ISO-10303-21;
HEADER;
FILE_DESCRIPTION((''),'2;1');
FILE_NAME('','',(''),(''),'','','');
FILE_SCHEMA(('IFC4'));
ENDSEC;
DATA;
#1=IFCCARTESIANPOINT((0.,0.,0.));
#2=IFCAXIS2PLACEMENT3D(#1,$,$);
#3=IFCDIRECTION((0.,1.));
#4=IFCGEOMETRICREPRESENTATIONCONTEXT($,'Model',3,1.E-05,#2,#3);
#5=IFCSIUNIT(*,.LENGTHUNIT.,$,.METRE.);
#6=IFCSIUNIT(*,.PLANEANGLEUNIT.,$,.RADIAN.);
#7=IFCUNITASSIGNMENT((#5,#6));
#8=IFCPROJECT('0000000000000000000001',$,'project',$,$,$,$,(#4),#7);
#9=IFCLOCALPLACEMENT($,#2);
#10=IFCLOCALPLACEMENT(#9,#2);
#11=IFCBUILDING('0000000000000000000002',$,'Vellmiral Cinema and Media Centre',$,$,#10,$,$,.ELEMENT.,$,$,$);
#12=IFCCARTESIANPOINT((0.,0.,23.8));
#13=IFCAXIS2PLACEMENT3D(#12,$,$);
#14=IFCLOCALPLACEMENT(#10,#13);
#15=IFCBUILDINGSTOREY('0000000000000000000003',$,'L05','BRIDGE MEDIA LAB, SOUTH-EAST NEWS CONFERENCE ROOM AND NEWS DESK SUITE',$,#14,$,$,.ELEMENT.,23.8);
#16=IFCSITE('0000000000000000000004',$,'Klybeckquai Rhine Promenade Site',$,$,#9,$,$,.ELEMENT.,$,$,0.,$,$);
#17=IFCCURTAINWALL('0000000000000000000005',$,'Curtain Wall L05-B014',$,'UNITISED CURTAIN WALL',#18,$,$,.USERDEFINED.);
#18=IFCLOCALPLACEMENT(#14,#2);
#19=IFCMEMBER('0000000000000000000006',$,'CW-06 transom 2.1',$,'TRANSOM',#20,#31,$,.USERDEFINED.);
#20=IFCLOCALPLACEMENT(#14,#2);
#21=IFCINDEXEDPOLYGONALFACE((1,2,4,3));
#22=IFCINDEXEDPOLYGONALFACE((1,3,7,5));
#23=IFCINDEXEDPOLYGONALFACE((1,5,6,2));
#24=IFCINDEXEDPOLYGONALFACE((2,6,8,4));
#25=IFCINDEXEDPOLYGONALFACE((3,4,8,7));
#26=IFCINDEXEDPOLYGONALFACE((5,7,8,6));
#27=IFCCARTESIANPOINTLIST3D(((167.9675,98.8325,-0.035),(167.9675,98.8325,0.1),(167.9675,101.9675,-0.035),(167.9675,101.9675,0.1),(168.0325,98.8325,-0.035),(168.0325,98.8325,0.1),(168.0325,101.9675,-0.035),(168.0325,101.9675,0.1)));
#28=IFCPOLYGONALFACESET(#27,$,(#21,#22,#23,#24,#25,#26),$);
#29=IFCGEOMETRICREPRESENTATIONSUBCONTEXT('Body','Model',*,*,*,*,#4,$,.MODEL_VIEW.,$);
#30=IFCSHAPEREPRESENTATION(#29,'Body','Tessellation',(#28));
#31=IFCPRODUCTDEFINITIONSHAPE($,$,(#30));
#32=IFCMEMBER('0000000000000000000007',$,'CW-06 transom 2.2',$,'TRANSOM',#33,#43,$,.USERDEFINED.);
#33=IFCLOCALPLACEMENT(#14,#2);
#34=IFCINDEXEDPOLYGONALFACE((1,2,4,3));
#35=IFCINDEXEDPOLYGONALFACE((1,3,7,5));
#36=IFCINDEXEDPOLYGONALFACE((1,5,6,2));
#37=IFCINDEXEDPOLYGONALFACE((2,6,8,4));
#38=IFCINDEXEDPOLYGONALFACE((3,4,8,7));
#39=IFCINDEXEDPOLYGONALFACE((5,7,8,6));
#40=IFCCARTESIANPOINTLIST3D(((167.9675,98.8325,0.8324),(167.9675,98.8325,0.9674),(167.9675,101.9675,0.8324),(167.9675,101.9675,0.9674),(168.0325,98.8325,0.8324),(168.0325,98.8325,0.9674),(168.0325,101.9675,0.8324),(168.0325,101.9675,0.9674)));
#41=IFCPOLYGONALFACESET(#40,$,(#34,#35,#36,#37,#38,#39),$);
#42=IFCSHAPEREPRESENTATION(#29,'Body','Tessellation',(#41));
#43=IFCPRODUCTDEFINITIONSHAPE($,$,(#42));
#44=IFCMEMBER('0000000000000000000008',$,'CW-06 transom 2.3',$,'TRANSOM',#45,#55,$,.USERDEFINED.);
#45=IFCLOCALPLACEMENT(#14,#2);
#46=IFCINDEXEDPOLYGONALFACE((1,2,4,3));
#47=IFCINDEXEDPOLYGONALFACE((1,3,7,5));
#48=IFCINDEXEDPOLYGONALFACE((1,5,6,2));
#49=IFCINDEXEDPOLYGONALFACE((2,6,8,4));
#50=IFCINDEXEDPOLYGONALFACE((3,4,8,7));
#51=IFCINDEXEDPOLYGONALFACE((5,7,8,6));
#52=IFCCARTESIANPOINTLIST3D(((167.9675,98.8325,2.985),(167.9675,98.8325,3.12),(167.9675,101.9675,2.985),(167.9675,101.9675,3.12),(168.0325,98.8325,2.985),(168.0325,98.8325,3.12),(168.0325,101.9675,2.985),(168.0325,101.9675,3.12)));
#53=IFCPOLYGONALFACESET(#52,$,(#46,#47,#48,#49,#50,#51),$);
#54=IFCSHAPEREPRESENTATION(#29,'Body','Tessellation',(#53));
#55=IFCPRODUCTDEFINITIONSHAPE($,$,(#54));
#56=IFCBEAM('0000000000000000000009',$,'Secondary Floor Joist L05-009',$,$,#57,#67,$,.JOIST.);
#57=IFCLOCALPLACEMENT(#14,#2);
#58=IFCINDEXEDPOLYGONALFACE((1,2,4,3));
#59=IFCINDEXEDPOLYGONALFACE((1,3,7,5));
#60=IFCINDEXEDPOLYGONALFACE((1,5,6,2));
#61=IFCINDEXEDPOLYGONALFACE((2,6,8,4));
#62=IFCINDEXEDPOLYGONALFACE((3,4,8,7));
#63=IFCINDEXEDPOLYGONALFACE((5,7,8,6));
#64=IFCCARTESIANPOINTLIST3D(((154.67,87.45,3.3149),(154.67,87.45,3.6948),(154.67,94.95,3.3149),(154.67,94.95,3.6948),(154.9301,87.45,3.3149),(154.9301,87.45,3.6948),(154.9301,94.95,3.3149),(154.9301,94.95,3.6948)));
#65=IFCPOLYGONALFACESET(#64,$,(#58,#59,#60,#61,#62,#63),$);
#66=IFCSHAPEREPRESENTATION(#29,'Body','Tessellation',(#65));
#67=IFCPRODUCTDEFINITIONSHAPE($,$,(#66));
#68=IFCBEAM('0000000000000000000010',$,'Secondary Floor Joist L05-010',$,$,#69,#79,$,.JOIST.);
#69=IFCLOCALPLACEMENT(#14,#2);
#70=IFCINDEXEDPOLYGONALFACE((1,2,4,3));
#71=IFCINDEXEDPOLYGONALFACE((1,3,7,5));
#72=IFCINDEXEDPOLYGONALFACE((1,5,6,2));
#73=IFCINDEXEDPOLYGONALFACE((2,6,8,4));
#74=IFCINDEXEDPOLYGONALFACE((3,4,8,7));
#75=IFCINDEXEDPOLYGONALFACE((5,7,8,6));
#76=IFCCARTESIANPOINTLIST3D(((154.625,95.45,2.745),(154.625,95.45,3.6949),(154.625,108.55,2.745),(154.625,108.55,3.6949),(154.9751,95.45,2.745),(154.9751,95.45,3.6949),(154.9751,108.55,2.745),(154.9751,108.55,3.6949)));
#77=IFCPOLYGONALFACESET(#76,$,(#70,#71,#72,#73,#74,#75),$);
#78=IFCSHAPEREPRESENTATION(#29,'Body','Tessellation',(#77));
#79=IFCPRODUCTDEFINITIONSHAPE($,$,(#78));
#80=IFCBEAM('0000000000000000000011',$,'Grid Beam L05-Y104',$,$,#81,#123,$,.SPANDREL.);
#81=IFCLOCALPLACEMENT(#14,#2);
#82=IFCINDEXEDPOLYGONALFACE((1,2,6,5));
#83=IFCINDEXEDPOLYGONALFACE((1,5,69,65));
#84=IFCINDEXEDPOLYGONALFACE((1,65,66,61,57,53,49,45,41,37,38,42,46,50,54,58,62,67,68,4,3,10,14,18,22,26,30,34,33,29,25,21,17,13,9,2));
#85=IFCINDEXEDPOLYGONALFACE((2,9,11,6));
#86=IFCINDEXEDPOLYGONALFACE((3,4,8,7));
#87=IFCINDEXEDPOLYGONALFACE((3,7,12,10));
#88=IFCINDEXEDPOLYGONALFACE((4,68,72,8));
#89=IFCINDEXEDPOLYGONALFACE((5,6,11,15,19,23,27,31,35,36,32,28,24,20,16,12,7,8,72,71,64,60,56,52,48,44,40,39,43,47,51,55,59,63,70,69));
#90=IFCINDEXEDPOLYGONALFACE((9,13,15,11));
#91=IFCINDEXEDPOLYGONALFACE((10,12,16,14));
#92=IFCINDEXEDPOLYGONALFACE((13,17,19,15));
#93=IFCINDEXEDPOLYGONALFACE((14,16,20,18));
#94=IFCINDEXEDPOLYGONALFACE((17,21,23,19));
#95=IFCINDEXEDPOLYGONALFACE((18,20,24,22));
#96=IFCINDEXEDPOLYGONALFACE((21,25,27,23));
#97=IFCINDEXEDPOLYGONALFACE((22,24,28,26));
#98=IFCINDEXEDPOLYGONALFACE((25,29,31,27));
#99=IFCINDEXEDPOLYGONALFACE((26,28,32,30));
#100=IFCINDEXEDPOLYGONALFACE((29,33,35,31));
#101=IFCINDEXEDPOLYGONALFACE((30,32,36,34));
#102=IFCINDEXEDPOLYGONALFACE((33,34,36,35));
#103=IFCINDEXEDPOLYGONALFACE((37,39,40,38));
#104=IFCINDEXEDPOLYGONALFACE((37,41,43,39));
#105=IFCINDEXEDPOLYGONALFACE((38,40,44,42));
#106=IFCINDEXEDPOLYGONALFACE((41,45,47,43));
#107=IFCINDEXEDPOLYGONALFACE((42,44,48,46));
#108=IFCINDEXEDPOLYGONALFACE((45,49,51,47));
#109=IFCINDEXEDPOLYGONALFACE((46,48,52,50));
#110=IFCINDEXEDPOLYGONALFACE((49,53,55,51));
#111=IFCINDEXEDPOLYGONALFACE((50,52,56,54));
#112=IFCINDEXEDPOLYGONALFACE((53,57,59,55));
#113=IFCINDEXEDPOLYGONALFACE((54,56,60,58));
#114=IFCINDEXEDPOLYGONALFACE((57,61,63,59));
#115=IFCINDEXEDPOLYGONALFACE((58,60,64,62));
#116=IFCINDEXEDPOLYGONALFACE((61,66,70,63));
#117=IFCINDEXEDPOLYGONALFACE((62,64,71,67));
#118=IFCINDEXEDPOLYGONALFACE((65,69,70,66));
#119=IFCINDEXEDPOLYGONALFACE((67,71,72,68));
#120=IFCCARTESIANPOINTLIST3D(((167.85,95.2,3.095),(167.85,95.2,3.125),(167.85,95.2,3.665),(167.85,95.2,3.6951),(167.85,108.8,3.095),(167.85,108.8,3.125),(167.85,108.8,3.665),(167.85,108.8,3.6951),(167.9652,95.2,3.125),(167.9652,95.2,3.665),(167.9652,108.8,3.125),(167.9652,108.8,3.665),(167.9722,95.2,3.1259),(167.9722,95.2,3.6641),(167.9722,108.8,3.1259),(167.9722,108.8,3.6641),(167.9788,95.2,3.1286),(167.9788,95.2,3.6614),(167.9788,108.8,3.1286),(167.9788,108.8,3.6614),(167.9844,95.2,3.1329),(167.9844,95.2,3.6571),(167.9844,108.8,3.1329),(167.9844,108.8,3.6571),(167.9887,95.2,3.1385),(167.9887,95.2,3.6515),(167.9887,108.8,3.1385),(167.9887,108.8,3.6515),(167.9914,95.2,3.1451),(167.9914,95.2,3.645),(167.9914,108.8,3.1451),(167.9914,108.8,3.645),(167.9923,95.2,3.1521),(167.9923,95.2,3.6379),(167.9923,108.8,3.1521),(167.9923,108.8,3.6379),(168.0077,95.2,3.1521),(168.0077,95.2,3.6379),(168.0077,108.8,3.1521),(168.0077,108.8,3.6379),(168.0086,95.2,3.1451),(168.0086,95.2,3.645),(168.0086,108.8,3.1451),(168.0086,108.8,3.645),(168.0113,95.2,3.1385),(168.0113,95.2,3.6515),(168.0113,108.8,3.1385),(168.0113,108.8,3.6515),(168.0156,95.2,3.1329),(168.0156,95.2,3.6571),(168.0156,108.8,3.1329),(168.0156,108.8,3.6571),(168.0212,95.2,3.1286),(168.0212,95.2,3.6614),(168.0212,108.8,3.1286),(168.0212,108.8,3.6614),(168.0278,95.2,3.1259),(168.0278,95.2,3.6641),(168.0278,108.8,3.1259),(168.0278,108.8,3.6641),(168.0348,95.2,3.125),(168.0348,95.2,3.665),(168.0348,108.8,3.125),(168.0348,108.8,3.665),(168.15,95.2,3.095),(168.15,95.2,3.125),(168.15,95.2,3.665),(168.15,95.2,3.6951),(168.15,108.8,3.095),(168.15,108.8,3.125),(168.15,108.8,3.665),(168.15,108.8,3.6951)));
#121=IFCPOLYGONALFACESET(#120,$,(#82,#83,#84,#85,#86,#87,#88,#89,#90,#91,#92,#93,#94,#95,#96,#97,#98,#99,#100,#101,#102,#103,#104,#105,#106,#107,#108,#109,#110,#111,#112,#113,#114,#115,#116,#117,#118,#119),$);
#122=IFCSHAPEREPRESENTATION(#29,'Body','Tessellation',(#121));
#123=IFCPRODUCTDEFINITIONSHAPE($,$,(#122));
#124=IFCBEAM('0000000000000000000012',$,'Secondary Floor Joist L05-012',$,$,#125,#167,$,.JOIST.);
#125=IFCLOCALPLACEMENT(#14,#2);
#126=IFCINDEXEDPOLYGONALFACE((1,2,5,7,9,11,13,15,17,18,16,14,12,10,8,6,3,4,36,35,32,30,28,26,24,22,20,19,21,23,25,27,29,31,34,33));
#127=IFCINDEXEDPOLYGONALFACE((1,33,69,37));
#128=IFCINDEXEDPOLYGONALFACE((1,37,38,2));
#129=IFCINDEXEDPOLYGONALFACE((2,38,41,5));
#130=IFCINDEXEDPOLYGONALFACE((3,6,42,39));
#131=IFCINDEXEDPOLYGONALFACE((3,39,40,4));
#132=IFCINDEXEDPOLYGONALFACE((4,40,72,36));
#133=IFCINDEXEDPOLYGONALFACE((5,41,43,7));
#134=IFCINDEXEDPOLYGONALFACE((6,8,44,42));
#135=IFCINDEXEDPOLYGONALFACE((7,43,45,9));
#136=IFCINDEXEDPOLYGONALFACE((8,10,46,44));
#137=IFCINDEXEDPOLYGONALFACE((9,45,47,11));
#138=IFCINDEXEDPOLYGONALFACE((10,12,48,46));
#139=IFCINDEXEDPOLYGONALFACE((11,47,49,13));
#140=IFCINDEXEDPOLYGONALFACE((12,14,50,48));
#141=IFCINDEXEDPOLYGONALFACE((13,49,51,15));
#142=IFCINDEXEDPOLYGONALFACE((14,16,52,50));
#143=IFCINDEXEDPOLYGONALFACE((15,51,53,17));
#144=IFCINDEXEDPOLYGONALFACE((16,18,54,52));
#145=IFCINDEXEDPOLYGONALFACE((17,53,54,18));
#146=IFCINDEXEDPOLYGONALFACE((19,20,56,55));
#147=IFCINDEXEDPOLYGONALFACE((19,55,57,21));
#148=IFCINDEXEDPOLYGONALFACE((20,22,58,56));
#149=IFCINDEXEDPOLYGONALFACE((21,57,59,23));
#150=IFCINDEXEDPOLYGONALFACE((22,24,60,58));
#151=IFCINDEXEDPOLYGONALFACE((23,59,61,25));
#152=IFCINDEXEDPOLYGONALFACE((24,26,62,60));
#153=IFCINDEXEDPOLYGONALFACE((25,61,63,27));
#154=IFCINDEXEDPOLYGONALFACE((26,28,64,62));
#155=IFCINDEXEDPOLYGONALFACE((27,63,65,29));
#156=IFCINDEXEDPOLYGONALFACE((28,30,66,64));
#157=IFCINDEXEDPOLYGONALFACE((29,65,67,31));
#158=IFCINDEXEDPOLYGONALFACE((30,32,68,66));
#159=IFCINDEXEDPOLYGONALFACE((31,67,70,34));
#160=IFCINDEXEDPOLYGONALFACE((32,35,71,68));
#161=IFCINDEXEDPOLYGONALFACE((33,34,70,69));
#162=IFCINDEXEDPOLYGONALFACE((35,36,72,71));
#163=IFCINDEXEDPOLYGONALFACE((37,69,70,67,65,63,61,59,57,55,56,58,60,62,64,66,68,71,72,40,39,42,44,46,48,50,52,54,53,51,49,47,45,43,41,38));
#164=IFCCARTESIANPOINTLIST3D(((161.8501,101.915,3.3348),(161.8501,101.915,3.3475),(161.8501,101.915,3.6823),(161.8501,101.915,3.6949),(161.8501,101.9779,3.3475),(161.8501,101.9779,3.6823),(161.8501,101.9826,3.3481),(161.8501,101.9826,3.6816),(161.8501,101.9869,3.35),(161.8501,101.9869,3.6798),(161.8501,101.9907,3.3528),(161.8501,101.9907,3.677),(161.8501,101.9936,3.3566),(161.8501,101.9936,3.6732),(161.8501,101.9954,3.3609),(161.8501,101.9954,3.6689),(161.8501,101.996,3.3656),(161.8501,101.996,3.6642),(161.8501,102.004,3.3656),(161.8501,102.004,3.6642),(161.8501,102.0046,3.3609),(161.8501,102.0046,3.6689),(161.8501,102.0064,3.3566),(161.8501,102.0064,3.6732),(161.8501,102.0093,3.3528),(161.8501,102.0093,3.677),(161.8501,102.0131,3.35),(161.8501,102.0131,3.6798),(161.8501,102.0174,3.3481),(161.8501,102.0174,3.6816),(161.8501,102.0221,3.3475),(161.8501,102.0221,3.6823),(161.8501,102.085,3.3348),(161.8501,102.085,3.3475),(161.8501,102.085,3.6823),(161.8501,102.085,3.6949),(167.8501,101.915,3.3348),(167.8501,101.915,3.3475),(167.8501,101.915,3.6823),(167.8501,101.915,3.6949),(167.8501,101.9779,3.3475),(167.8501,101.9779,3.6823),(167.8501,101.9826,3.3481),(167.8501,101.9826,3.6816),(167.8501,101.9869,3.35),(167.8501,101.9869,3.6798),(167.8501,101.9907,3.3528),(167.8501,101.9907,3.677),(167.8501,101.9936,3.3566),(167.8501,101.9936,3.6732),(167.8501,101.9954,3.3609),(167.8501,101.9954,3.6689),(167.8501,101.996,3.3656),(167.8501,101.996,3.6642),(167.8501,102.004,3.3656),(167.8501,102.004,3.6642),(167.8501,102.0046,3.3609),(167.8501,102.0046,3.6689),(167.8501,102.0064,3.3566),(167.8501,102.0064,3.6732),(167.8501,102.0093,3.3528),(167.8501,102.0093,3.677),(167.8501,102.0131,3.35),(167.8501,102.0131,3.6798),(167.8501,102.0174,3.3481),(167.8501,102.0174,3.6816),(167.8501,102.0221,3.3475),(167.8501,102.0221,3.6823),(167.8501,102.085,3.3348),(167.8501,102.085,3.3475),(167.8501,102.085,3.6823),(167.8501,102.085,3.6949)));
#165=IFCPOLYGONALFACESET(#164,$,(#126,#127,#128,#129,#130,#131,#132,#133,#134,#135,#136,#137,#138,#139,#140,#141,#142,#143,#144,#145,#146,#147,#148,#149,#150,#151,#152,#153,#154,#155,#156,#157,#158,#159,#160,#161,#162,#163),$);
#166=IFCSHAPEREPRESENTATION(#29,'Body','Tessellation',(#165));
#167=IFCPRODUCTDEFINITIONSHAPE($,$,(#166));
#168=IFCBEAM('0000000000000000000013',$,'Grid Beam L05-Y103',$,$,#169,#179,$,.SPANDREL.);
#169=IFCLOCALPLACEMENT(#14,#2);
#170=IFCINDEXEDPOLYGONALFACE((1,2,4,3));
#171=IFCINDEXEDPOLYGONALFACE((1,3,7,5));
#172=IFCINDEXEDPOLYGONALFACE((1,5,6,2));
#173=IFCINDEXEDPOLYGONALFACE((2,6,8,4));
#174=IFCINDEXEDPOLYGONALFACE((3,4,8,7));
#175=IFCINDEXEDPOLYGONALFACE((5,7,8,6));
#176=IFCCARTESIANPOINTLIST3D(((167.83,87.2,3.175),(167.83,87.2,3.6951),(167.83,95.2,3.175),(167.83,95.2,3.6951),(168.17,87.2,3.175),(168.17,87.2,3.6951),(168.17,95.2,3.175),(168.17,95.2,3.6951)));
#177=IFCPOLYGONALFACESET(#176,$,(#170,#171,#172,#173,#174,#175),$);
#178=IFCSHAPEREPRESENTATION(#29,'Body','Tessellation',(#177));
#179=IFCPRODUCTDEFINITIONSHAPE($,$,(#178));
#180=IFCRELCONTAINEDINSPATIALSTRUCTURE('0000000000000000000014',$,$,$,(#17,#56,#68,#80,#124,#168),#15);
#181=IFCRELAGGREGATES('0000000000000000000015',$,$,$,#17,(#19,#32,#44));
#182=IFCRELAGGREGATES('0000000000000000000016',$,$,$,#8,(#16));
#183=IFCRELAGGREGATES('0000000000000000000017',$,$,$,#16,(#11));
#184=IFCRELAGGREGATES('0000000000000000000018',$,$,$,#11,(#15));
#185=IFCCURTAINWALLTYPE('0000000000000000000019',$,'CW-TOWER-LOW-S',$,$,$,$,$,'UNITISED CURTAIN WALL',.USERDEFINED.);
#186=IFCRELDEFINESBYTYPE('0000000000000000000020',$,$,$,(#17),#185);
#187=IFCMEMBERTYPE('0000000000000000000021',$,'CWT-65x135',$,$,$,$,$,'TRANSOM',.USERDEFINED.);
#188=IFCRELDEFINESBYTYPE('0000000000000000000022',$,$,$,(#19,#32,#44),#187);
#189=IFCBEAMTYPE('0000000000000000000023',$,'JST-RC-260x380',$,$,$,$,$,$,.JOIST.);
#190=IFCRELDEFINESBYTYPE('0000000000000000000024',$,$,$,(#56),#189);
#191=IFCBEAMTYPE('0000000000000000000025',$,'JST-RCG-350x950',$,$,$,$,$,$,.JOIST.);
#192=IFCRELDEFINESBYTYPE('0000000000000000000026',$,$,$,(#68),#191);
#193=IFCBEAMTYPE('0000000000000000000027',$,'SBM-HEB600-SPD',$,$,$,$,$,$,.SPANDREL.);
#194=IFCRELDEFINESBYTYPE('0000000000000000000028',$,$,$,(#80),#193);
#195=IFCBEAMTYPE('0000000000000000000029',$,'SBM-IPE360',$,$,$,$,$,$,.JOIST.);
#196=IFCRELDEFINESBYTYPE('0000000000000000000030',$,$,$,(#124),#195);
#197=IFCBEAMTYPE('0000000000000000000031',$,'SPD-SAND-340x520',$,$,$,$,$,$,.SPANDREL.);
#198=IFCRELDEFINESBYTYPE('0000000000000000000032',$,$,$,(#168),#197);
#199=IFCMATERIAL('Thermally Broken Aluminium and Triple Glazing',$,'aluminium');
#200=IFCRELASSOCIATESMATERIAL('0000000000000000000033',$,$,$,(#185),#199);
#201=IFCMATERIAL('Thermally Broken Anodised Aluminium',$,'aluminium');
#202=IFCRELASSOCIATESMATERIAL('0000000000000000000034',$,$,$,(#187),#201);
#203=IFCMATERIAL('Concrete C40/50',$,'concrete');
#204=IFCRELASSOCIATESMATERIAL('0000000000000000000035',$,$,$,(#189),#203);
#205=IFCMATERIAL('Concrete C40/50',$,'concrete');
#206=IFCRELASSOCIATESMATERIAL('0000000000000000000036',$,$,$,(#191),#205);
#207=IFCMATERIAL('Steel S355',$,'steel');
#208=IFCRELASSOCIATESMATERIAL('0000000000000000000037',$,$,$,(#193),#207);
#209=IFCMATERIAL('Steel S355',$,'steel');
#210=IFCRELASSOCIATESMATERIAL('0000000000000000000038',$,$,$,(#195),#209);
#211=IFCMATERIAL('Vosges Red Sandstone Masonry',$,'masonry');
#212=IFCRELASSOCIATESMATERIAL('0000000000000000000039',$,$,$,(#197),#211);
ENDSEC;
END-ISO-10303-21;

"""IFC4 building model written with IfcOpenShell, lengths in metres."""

from ifc_helpers import new_model, si_unit, direction, frame, origin, origin_2d, place, context, subcontext, project, spatial, rectangle, i_section, extrude, material, material_profile, profile_set, type_object, element, aggregate, save


model = new_model("IFC4")

# Units and contexts
model_context = context("Model", 3, precision=1e-05, world=origin(), true_north=direction((0.0, 1.0)))
body_context = subcontext(model_context, "Body", "Model", "MODEL_VIEW")
ifc_project = project(units=[si_unit("LENGTHUNIT", "METRE"), si_unit("PLANEANGLEUNIT", "RADIAN")], contexts=[model_context])

# Site, building, storey
site_placement = place(None, origin())
site = spatial("IfcSite", under=ifc_project, at=site_placement, Name="Klybeckquai Rhine Promenade Site", CompositionType="ELEMENT", RefElevation=0.0)
building_placement = place(site_placement, origin())
building = spatial("IfcBuilding", under=site, at=building_placement, Name="Vellmiral Cinema and Media Centre", CompositionType="ELEMENT")
storey_placement = place(building_placement, frame((0.0, 0.0, 23.8)))
storey = spatial("IfcBuildingStorey", under=building, at=storey_placement, Name="L05", Description="BRIDGE MEDIA LAB, SOUTH-EAST NEWS CONFERENCE ROOM AND NEWS DESK SUITE", CompositionType="ELEMENT", Elevation=23.8)

# Curtain wall, members
ifc_material_1 = material(Name="Thermally Broken Aluminium and Triple Glazing", Category="aluminium")
curtain_wall_type = type_object("IfcCurtainWallType", Name="CW-TOWER-LOW-S", ElementType="UNITISED CURTAIN WALL", PredefinedType="USERDEFINED", material=ifc_material_1)
curtain_wall_placement = place(storey_placement, origin())
curtain_wall = element("IfcCurtainWall", 1, at=curtain_wall_placement, inside=storey, type_object=curtain_wall_type, Name="Curtain Wall L05-B014", ObjectType="UNITISED CURTAIN WALL", PredefinedType="USERDEFINED")
ifc_material_2 = material(Name="Thermally Broken Anodised Aluminium", Category="aluminium")
ifc_material_profile_1 = material_profile(ifc_material_2, rectangle(XDim=0.0649, YDim=0.135, at=origin_2d()), Name="MULL 65x135")
ifc_profile_set_1 = profile_set([ifc_material_profile_1], Name="Thermally Broken Anodised Aluminium")
member_type_1 = type_object("IfcMemberType", Name="CWT-65x135", ElementType="TRANSOM", PredefinedType="USERDEFINED", material=ifc_profile_set_1)
member_1_placement = place(storey_placement, frame((168.0, 98.8325, 0.0325), z_axis=(0.0, 1.0, 0.0), x_axis=(-1.0, 0.0, 0.0)))
member_1 = element("IfcMember", 2, at=member_1_placement, type_object=member_type_1, Name="CW-06 transom 2.1", ObjectType="TRANSOM", PredefinedType="USERDEFINED", context=body_context, shape_type="SweptSolid", body=[
    extrude(rectangle(XDim=0.0649, YDim=0.135, at=origin_2d()), origin(), (0.0, 0.0, 1.0), 3.135),
])
member_2_placement = place(storey_placement, frame((168.0, 98.8325, 0.8999), z_axis=(0.0, 1.0, 0.0), x_axis=(-1.0, 0.0, 0.0)))
member_2 = element("IfcMember", 3, at=member_2_placement, type_object=member_type_1, Name="CW-06 transom 2.2", ObjectType="TRANSOM", PredefinedType="USERDEFINED", context=body_context, shape_type="SweptSolid", body=[
    extrude(rectangle(XDim=0.0649, YDim=0.135, at=origin_2d()), origin(), (0.0, 0.0, 1.0), 3.135),
])
member_3_placement = place(storey_placement, frame((168.0, 98.8325, 3.0525), z_axis=(0.0, 1.0, 0.0), x_axis=(-1.0, 0.0, 0.0)))
member_3 = element("IfcMember", 4, at=member_3_placement, type_object=member_type_1, Name="CW-06 transom 2.3", ObjectType="TRANSOM", PredefinedType="USERDEFINED", context=body_context, shape_type="SweptSolid", body=[
    extrude(rectangle(XDim=0.0649, YDim=0.135, at=origin_2d()), origin(), (0.0, 0.0, 1.0), 3.135),
])

# Beams
ifc_material_3 = material(Name="Concrete C40/50", Category="concrete")
ifc_material_profile_2 = material_profile(ifc_material_3, rectangle(XDim=0.26, YDim=0.3799, at=origin_2d()), Name="RC 260x380")
ifc_profile_set_2 = profile_set([ifc_material_profile_2], Name="Concrete C40/50")
beam_type_1 = type_object("IfcBeamType", Name="JST-RC-260x380", PredefinedType="JOIST", material=ifc_profile_set_2)
beam_1_placement = place(storey_placement, frame((154.8, 87.45, 3.5049), z_axis=(0.0, 1.0, 0.0), x_axis=(-1.0, 0.0, 0.0)))
element("IfcBeam", 5, at=beam_1_placement, inside=storey, type_object=beam_type_1, Name="Secondary Floor Joist L05-009", PredefinedType="JOIST", context=body_context, shape_type="SweptSolid", body=[
    extrude(rectangle(XDim=0.26, YDim=0.3799, at=origin_2d()), origin(), (0.0, 0.0, 1.0), 7.5),
])
ifc_material_4 = material(Name="Concrete C40/50", Category="concrete")
ifc_material_profile_3 = material_profile(ifc_material_4, rectangle(XDim=0.3501, YDim=0.95, at=origin_2d()), Name="RC 350x950")
ifc_profile_set_3 = profile_set([ifc_material_profile_3], Name="Concrete C40/50")
beam_type_2 = type_object("IfcBeamType", Name="JST-RCG-350x950", PredefinedType="JOIST", material=ifc_profile_set_3)
beam_2_placement = place(storey_placement, frame((154.8, 95.45, 3.22), z_axis=(0.0, 1.0, 0.0), x_axis=(-1.0, 0.0, 0.0)))
element("IfcBeam", 6, at=beam_2_placement, inside=storey, type_object=beam_type_2, Name="Secondary Floor Joist L05-010", PredefinedType="JOIST", context=body_context, shape_type="SweptSolid", body=[
    extrude(rectangle(XDim=0.3501, YDim=0.95, at=origin_2d()), origin(), (0.0, 0.0, 1.0), 13.1001),
])
ifc_material_5 = material(Name="Steel S355", Category="steel")
ifc_material_profile_4 = material_profile(ifc_material_5, i_section(OverallWidth=0.3, OverallDepth=0.6001, WebThickness=0.0154, FlangeThickness=0.03, FilletRadius=0.0271, at=origin_2d()), Name="HEB 600")
ifc_profile_set_4 = profile_set([ifc_material_profile_4], Name="Steel S355")
beam_type_3 = type_object("IfcBeamType", Name="SBM-HEB600-SPD", PredefinedType="SPANDREL", material=ifc_profile_set_4)
beam_3_placement = place(storey_placement, frame((168.0, 95.2, 3.395), z_axis=(0.0, 1.0, 0.0), x_axis=(-1.0, 0.0, 0.0)))
element("IfcBeam", 7, at=beam_3_placement, inside=storey, type_object=beam_type_3, Name="Grid Beam L05-Y104", PredefinedType="SPANDREL", context=body_context, shape_type="SweptSolid", body=[
    extrude(i_section(OverallWidth=0.3, OverallDepth=0.6001, WebThickness=0.0154, FlangeThickness=0.03, FilletRadius=0.0271, at=origin_2d()), origin(), (0.0, 0.0, 1.0), 13.6001),
])
ifc_material_6 = material(Name="Steel S355", Category="steel")
ifc_material_profile_5 = material_profile(ifc_material_6, i_section(OverallWidth=0.1699, OverallDepth=0.3601, WebThickness=0.0081, FlangeThickness=0.0127, FilletRadius=0.0181, at=origin_2d()), Name="IPE 360")
ifc_profile_set_5 = profile_set([ifc_material_profile_5], Name="Steel S355")
beam_type_4 = type_object("IfcBeamType", Name="SBM-IPE360", PredefinedType="JOIST", material=ifc_profile_set_5)
beam_4_placement = place(storey_placement, frame((161.8501, 102.0, 3.5149), z_axis=(1.0, 0.0, 0.0), x_axis=(0.0, 1.0, 0.0)))
element("IfcBeam", 8, at=beam_4_placement, inside=storey, type_object=beam_type_4, Name="Secondary Floor Joist L05-012", PredefinedType="JOIST", context=body_context, shape_type="SweptSolid", body=[
    extrude(i_section(OverallWidth=0.1699, OverallDepth=0.3601, WebThickness=0.0081, FlangeThickness=0.0127, FilletRadius=0.0181, at=origin_2d()), origin(), (0.0, 0.0, 1.0), 6.0),
])
ifc_material_7 = material(Name="Vosges Red Sandstone Masonry", Category="masonry")
ifc_material_profile_6 = material_profile(ifc_material_7, rectangle(XDim=0.3401, YDim=0.52, at=origin_2d()), Name="SAND 340x520")
ifc_profile_set_6 = profile_set([ifc_material_profile_6], Name="Vosges Red Sandstone Masonry")
beam_type_5 = type_object("IfcBeamType", Name="SPD-SAND-340x520", PredefinedType="SPANDREL", material=ifc_profile_set_6)
beam_5_placement = place(storey_placement, frame((168.0, 87.2, 3.4351), z_axis=(0.0, 1.0, 0.0), x_axis=(-1.0, 0.0, 0.0)))
element("IfcBeam", 9, at=beam_5_placement, inside=storey, type_object=beam_type_5, Name="Grid Beam L05-Y103", PredefinedType="SPANDREL", context=body_context, shape_type="SweptSolid", body=[
    extrude(rectangle(XDim=0.3401, YDim=0.52, at=origin_2d()), origin(), (0.0, 0.0, 1.0), 8.0),
])

aggregate(curtain_wall, [member_1, member_2, member_3])

save(model, "model.ifc")
